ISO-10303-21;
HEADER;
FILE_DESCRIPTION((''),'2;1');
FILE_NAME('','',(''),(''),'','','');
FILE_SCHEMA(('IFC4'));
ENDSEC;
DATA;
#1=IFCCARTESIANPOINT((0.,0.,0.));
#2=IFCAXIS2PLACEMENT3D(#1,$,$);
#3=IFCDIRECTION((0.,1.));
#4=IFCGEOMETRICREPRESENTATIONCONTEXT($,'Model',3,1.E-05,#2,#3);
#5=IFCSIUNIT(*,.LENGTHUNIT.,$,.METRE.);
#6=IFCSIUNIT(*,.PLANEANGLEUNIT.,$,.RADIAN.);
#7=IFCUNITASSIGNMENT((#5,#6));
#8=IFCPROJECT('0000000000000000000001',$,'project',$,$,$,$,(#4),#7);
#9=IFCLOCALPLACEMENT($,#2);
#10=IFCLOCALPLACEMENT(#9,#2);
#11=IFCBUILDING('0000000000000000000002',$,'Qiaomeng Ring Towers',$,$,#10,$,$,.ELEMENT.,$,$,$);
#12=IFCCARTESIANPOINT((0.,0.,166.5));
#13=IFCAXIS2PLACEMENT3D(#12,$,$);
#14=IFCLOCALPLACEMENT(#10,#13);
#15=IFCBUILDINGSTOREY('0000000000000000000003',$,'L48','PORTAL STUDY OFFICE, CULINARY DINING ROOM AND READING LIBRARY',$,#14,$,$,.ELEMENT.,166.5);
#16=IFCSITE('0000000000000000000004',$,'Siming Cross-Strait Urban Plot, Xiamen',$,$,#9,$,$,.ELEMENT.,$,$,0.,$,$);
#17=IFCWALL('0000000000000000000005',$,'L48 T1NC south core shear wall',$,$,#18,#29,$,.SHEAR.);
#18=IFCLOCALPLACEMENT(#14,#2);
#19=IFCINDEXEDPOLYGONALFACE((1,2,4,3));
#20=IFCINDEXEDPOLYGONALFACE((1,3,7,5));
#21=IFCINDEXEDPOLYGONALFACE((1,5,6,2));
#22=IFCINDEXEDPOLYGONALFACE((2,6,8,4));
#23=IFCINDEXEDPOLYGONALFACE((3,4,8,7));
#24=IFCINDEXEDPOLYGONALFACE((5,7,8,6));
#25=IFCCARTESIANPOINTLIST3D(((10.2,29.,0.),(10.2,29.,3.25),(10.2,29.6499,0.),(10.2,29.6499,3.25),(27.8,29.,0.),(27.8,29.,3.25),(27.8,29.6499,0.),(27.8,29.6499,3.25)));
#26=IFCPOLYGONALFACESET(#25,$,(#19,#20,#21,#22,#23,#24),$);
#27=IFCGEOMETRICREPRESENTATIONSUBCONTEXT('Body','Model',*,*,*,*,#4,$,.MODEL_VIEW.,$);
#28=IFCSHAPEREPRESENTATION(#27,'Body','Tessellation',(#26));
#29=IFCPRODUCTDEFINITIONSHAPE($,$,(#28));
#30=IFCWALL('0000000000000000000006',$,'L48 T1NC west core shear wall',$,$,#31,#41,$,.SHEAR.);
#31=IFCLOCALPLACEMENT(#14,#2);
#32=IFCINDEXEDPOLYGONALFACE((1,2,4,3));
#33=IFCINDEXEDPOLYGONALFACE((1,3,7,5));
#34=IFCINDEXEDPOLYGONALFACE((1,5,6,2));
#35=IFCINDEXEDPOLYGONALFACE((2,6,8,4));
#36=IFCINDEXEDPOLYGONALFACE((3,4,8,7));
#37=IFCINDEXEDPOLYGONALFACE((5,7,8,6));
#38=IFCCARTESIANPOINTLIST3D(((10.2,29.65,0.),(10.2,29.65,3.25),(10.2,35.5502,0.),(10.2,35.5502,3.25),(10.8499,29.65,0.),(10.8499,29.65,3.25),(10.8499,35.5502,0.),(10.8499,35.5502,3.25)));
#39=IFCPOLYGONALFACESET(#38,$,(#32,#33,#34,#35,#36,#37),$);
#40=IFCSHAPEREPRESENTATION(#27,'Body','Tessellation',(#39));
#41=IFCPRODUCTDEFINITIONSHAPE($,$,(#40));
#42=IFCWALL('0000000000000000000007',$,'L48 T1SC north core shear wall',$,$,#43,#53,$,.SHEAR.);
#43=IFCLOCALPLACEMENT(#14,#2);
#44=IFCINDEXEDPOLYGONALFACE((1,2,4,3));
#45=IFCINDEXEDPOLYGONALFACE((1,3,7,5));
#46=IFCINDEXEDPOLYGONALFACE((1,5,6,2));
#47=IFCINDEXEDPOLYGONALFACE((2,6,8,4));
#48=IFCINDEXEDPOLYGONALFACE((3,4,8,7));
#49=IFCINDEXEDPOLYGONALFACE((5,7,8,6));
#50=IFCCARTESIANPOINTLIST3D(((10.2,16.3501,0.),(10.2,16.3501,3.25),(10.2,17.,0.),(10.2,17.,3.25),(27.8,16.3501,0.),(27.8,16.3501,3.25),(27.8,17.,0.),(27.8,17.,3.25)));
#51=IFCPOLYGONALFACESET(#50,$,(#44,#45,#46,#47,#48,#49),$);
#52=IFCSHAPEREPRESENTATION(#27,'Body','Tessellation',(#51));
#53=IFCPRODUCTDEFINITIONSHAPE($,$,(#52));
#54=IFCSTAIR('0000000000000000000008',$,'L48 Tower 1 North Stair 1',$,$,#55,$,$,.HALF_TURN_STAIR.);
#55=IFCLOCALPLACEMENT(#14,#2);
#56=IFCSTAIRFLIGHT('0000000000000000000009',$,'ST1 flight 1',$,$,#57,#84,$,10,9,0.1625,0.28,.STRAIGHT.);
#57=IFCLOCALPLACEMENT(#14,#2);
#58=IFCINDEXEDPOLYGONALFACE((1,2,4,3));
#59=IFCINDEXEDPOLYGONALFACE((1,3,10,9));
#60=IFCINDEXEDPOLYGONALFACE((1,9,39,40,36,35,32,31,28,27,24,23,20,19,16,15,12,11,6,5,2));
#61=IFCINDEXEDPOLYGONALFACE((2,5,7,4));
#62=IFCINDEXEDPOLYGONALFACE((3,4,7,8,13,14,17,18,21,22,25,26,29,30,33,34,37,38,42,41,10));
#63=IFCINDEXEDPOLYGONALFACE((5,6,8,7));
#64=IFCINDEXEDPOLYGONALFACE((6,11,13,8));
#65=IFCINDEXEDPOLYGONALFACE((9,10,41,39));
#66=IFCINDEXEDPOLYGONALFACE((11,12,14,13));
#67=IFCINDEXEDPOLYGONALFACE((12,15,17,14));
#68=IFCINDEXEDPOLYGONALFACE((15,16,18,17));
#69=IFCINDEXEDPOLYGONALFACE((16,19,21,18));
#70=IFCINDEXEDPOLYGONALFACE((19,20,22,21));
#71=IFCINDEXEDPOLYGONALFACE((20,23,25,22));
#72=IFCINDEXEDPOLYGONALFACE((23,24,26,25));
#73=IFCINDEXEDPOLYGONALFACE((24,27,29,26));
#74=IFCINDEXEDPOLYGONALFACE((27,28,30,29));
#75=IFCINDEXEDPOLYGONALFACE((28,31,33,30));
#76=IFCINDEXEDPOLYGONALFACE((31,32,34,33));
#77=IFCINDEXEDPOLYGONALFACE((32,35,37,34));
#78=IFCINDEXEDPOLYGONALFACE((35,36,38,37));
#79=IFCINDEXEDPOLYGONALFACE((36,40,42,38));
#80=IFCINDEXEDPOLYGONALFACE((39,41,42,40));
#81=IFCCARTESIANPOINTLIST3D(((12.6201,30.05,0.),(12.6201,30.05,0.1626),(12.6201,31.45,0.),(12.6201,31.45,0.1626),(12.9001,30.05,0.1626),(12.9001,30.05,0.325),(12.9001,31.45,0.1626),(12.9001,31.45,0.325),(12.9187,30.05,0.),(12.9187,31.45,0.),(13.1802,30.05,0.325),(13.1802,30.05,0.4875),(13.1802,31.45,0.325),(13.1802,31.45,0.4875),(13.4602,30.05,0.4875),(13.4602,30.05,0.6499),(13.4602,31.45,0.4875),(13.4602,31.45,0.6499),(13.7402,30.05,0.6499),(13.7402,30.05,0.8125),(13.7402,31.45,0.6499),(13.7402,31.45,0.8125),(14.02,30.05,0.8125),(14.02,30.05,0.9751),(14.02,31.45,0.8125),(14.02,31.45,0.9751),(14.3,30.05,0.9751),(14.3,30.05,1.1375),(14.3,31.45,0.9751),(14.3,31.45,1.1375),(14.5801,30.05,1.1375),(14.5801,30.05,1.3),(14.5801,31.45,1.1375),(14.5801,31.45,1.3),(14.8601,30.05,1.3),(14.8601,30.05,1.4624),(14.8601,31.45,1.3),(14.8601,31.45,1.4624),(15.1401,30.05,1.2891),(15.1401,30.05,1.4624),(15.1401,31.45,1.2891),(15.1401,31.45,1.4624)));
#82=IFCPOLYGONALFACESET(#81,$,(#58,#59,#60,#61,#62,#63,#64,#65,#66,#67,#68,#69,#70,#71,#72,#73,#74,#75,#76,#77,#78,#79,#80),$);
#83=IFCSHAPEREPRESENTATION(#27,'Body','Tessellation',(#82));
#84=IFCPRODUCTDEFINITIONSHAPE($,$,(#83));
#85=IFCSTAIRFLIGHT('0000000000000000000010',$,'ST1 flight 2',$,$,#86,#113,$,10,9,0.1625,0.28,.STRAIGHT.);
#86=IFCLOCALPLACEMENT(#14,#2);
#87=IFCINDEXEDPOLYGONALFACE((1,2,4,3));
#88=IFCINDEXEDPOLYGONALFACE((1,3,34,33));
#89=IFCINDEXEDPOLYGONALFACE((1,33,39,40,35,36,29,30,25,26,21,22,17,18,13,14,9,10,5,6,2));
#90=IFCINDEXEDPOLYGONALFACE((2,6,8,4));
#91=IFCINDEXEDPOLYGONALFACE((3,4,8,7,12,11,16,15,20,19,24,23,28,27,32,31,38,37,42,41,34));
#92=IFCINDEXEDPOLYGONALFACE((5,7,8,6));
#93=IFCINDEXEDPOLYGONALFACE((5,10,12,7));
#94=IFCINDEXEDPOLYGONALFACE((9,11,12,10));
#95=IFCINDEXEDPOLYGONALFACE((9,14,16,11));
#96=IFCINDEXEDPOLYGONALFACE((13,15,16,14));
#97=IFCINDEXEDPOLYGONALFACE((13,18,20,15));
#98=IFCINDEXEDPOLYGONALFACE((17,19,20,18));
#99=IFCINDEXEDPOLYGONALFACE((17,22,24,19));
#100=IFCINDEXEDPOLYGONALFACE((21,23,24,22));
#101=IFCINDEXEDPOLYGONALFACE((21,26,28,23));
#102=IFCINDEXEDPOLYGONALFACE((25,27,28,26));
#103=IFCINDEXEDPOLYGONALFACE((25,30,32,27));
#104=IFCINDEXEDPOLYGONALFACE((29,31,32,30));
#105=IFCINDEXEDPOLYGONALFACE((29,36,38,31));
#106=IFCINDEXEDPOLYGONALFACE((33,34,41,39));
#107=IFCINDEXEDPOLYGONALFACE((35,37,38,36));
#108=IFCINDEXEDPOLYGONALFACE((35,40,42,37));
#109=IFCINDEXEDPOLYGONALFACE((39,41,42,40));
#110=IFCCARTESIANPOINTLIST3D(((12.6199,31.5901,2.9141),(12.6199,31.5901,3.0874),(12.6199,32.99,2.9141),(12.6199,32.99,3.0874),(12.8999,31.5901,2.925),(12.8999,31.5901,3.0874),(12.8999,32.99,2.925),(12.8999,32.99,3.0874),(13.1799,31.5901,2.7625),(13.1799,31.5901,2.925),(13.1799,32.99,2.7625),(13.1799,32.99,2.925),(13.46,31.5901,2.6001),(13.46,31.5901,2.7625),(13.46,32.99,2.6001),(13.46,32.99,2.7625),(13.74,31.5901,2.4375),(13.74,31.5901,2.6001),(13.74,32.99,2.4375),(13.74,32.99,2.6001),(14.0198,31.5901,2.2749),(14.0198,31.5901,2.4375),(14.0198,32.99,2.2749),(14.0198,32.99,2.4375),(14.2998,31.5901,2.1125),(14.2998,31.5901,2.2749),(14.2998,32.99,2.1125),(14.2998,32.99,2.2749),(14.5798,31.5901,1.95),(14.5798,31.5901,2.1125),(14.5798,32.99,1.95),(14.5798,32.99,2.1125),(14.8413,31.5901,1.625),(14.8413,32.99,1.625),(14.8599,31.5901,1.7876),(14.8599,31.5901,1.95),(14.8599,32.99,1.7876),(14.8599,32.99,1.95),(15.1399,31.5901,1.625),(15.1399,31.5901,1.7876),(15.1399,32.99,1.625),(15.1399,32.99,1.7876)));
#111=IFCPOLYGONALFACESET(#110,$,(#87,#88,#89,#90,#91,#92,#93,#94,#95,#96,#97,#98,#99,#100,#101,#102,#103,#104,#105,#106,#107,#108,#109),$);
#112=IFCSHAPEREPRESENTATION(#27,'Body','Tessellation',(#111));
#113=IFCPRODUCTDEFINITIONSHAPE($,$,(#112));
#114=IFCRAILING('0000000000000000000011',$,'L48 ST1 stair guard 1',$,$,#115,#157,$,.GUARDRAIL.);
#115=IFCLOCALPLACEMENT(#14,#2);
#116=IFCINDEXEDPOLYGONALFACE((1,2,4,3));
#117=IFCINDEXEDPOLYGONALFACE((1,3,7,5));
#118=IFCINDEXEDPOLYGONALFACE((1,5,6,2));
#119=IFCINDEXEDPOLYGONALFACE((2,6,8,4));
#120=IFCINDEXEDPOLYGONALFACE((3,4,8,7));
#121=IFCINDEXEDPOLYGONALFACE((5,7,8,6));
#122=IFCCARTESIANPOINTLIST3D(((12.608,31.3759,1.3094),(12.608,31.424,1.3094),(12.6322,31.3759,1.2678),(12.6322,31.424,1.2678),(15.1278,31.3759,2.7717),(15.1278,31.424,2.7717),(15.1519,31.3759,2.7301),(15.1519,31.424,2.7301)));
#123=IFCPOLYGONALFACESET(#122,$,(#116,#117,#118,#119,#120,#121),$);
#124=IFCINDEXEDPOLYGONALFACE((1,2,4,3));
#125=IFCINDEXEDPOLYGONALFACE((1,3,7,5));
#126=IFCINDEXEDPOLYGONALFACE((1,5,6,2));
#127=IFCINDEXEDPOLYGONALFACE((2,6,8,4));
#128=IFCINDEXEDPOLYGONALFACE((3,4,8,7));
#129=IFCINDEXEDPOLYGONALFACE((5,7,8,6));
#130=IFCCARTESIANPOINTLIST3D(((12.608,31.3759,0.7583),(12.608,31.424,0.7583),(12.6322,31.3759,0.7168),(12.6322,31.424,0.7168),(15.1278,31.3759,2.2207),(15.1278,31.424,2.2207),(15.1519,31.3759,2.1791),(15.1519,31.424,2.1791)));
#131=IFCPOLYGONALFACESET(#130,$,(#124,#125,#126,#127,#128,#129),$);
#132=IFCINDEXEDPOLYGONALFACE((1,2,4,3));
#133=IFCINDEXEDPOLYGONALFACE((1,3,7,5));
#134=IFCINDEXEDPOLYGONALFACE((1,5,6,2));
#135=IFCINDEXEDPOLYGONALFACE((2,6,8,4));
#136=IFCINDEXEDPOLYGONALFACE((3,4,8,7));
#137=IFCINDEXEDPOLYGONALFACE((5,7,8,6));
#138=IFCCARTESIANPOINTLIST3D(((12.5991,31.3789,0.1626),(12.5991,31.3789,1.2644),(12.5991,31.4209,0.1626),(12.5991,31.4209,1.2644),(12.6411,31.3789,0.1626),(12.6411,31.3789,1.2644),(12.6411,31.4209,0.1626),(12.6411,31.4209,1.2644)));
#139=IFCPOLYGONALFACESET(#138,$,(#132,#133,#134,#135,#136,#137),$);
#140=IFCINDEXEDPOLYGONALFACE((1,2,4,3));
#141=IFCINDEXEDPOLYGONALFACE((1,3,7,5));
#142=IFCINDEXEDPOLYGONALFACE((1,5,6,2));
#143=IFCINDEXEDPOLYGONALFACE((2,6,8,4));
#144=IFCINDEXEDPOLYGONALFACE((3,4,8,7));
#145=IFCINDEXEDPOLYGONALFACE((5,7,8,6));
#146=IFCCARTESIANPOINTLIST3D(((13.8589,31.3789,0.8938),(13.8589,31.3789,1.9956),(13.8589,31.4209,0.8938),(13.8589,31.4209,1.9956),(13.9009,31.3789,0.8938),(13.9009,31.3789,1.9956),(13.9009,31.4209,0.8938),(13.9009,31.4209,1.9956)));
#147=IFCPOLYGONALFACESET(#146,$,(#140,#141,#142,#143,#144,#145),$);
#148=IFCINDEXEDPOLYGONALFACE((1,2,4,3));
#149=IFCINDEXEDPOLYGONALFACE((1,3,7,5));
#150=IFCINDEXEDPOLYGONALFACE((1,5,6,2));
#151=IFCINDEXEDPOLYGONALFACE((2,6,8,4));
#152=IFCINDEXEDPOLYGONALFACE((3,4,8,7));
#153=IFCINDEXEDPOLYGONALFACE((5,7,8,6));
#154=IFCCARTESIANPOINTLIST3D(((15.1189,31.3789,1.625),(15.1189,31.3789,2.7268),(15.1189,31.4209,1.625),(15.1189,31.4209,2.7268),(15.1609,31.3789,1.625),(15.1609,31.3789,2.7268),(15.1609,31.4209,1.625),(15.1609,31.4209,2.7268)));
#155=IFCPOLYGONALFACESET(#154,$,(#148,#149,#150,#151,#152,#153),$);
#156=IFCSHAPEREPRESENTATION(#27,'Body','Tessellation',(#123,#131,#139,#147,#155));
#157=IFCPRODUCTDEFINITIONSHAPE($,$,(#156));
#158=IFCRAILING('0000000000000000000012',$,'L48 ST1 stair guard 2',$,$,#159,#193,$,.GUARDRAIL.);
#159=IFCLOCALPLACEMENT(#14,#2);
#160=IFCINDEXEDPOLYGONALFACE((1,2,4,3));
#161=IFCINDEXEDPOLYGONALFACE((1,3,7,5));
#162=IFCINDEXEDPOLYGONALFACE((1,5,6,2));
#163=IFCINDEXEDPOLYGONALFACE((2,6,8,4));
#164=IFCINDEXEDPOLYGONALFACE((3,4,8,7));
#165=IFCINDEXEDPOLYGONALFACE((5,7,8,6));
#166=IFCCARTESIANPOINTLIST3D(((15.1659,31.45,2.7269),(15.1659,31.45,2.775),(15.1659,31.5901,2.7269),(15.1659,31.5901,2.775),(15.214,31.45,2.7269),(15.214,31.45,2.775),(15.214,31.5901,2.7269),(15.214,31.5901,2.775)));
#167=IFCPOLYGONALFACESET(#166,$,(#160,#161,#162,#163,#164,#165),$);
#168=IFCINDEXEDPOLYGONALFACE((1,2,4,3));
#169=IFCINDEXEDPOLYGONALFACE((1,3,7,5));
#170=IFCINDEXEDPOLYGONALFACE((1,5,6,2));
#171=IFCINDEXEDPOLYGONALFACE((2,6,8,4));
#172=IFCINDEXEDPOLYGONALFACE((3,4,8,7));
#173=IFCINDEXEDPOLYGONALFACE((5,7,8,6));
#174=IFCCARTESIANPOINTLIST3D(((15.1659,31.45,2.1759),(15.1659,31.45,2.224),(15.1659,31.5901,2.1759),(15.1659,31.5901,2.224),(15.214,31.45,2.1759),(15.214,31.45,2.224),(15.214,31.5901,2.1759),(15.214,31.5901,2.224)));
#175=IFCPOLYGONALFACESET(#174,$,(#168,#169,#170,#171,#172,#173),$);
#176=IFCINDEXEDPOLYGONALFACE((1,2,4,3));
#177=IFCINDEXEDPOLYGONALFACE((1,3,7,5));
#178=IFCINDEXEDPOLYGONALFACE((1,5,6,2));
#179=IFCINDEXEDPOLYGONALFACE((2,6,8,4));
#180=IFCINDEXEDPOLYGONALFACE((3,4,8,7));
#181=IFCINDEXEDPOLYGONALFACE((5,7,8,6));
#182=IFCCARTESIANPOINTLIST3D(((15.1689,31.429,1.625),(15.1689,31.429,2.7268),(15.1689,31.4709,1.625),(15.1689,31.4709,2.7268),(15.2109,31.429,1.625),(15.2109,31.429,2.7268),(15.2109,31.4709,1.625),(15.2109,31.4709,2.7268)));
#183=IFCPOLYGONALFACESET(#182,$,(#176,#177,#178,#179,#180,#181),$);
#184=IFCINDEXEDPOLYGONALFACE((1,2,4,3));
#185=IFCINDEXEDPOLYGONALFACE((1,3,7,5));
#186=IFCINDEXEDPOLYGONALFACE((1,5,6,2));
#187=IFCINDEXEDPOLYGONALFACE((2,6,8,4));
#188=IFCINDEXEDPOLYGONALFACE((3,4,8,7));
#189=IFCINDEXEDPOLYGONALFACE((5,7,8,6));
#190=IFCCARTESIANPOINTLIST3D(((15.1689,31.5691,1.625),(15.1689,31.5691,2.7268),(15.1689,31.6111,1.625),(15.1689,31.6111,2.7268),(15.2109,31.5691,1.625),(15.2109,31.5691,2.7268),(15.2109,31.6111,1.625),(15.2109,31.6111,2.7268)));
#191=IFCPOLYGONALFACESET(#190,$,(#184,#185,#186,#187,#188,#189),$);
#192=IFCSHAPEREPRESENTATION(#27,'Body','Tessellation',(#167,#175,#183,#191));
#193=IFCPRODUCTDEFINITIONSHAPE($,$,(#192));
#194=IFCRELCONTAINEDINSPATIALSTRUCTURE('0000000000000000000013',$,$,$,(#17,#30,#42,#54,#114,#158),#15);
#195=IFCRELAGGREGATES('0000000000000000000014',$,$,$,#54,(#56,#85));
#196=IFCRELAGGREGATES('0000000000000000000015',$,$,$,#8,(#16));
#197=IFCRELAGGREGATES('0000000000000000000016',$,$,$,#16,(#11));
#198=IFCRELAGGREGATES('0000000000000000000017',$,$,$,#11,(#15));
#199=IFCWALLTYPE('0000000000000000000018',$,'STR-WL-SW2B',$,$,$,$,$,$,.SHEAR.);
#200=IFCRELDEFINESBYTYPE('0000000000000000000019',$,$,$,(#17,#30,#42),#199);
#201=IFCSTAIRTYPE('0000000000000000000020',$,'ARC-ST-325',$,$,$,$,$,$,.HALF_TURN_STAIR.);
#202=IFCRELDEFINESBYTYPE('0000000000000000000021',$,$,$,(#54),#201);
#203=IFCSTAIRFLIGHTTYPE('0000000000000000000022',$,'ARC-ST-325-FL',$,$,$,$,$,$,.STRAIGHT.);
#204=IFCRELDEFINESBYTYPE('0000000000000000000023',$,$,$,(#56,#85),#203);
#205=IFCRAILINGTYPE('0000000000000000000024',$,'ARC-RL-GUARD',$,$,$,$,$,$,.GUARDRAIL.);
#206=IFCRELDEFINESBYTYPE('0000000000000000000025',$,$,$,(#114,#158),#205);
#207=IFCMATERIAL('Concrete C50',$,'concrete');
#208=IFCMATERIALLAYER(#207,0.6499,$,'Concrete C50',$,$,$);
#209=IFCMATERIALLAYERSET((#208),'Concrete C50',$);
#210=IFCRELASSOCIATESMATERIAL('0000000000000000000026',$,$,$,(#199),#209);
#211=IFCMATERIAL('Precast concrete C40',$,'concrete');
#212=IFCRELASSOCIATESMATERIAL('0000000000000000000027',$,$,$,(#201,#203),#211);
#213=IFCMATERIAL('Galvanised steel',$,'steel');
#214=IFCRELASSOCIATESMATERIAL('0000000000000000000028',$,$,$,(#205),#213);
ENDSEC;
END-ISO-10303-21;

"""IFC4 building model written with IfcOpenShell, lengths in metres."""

from ifc_helpers import new_model, si_unit, direction, frame, frame_2d, origin, origin_2d, place, context, subcontext, project, spatial, polyline, rectangle, outline, extrude, source, transform, mapped, material, layer, layer_set, type_object, element, aggregate, save


model = new_model("IFC4")

# Units and contexts
model_context = context("Model", 3, precision=1e-05, world=origin(), true_north=direction((0.0, 1.0)))
body_context = subcontext(model_context, "Body", "Model", "MODEL_VIEW")
ifc_project = project(units=[si_unit("LENGTHUNIT", "METRE"), si_unit("PLANEANGLEUNIT", "RADIAN")], contexts=[model_context])

# Site, building, storey
site_placement = place(None, origin())
site = spatial("IfcSite", under=ifc_project, at=site_placement, Name="Siming Cross-Strait Urban Plot, Xiamen", CompositionType="ELEMENT", RefElevation=0.0)
building_placement = place(site_placement, origin())
building = spatial("IfcBuilding", under=site, at=building_placement, Name="Qiaomeng Ring Towers", CompositionType="ELEMENT")
storey_placement = place(building_placement, frame((0.0, 0.0, 166.5)))
storey = spatial("IfcBuildingStorey", under=building, at=storey_placement, Name="L48", Description="PORTAL STUDY OFFICE, CULINARY DINING ROOM AND READING LIBRARY", CompositionType="ELEMENT", Elevation=166.5)

# Shared definitions
ifc_material_1 = material(Name="Precast concrete C40", Category="concrete")

# Shared definitions
ifc_material_2 = material(Name="Galvanised steel", Category="steel")

# Walls
ifc_material_3 = material(Name="Concrete C50", Category="concrete")
ifc_layer_1 = layer(ifc_material_3, 0.6499, Name="Concrete C50")
ifc_layer_set_1 = layer_set([ifc_layer_1], Name="Concrete C50")
wall_type_1 = type_object("IfcWallType", Name="STR-WL-SW2B", PredefinedType="SHEAR", material=ifc_layer_set_1)
wall_1_placement = place(storey_placement, frame((10.2, 29.325, 0.0), z_axis=(0.0, 0.0, 1.0), x_axis=(1.0, 0.0, 0.0)))
element("IfcWall", 1, at=wall_1_placement, inside=storey, type_object=wall_type_1, Name="L48 T1NC south core shear wall", PredefinedType="SHEAR", context=body_context, shape_type="SweptSolid", body=[
    extrude(rectangle(XDim=17.6001, YDim=0.6499, at=frame_2d((8.8, 0.0))), origin(), (0.0, 0.0, 1.0), 3.25),
])
wall_2_placement = place(storey_placement, frame((10.5249, 29.6499, 0.0), z_axis=(0.0, 0.0, 1.0), x_axis=(0.0, 1.0, 0.0)))
element("IfcWall", 2, at=wall_2_placement, inside=storey, type_object=wall_type_1, Name="L48 T1NC west core shear wall", PredefinedType="SHEAR", context=body_context, shape_type="SweptSolid", body=[
    extrude(rectangle(XDim=5.9001, YDim=0.6499, at=frame_2d((2.9502, 0.0))), origin(), (0.0, 0.0, 1.0), 3.25),
])
wall_3_placement = place(storey_placement, frame((10.2, 16.675, 0.0), z_axis=(0.0, 0.0, 1.0), x_axis=(1.0, 0.0, 0.0)))
element("IfcWall", 3, at=wall_3_placement, inside=storey, type_object=wall_type_1, Name="L48 T1SC north core shear wall", PredefinedType="SHEAR", context=body_context, shape_type="SweptSolid", body=[
    extrude(rectangle(XDim=17.6001, YDim=0.6499, at=frame_2d((8.8, 0.0))), origin(), (0.0, 0.0, 1.0), 3.25),
])

# Stair, stair flights
stair_type = type_object("IfcStairType", Name="ARC-ST-325", PredefinedType="HALF_TURN_STAIR", material=ifc_material_1)
stair_placement = place(storey_placement, origin())
stair = element("IfcStair", 4, at=stair_placement, inside=storey, type_object=stair_type, Name="L48 Tower 1 North Stair 1", PredefinedType="HALF_TURN_STAIR")
stair_flight_type = type_object("IfcStairFlightType", Name="ARC-ST-325-FL", PredefinedType="STRAIGHT", material=ifc_material_1)
shared_shape_1 = source(origin(), body_context, "Body", "SweptSolid", [
    extrude(outline(polyline([(0.0, 0.0), (0.0, 0.1626), (0.28, 0.1626), (0.28, 0.325), (0.5601, 0.325), (0.5601, 0.4875), (0.8401, 0.4875), (0.8401, 0.6499), (1.1201, 0.6499), (1.1201, 0.8125), (1.3999, 0.8125), (1.3999, 0.9751), (1.6799, 0.9751), (1.6799, 1.1375), (1.96, 1.1375), (1.96, 1.3), (2.24, 1.3), (2.24, 1.4624), (2.52, 1.4624), (2.52, 1.625), (2.52, 1.2891), (0.2986, 0.0), (0.0, 0.0)])), frame((0.0, 0.7, 0.0), z_axis=(0.0, -1.0, 0.0), x_axis=(1.0, 0.0, 0.0)), (0.0, 0.0, 1.0), 1.3999),
])
stair_flight_1_placement = place(storey_placement, frame((12.6201, 30.75, 0.0), z_axis=(0.0, 0.0, 1.0), x_axis=(1.0, 0.0, 0.0)))
stair_flight_1 = element("IfcStairFlight", 5, at=stair_flight_1_placement, type_object=stair_flight_type, Name="ST1 flight 1", NumberOfRisers=10, NumberOfTreads=9, PredefinedType="STRAIGHT", RiserHeight=0.1625, TreadLength=0.28, context=body_context, shape_type="MappedRepresentation", body=[
    mapped(shared_shape_1, transform((0.0, 0.0, 0.0), x_axis=(1.0, 0.0, 0.0), y_axis=(0.0, 1.0, 0.0), z_axis=(0.0, 0.0, 1.0), scale=1.0)),
])
stair_flight_2_placement = place(storey_placement, frame((15.1399, 32.29, 1.625), z_axis=(0.0, 0.0, 1.0), x_axis=(-1.0, 0.0, 0.0)))
stair_flight_2 = element("IfcStairFlight", 6, at=stair_flight_2_placement, type_object=stair_flight_type, Name="ST1 flight 2", NumberOfRisers=10, NumberOfTreads=9, PredefinedType="STRAIGHT", RiserHeight=0.1625, TreadLength=0.28, context=body_context, shape_type="MappedRepresentation", body=[
    mapped(shared_shape_1, transform((0.0, 0.0, 0.0), x_axis=(1.0, 0.0, 0.0), y_axis=(0.0, 1.0, 0.0), z_axis=(0.0, 0.0, 1.0), scale=1.0)),
])
aggregate(stair, [stair_flight_1, stair_flight_2])

# Railings
railing_type_1 = type_object("IfcRailingType", Name="ARC-RL-GUARD", PredefinedType="GUARDRAIL", material=ifc_material_2)
railing_1_placement = place(storey_placement, frame((12.6201, 31.3999, 0.1626)))
element("IfcRailing", 7, at=railing_1_placement, inside=storey, type_object=railing_type_1, Name="L48 ST1 stair guard 1", PredefinedType="GUARDRAIL", context=body_context, shape_type="SweptSolid", body=[
    extrude(rectangle(XDim=0.0481, YDim=0.0481, at=origin_2d()), frame((0.0, 0.0, 1.126), z_axis=(0.864892, 0.0, 0.501958), x_axis=(0.0, 1.0, 0.0)), (0.0, 0.0, 1.0), 2.9133),
    extrude(rectangle(XDim=0.0481, YDim=0.0481, at=origin_2d()), frame((0.0, 0.0, 0.575), z_axis=(0.864892, 0.0, 0.501958), x_axis=(0.0, 1.0, 0.0)), (0.0, 0.0, 1.0), 2.9133),
    extrude(rectangle(XDim=0.042, YDim=0.042, at=origin_2d()), origin(), (0.0, 0.0, 1.0), 1.1018),
    extrude(rectangle(XDim=0.042, YDim=0.042, at=origin_2d()), frame((1.2598, 0.0, 0.7312)), (0.0, 0.0, 1.0), 1.1018),
    extrude(rectangle(XDim=0.042, YDim=0.042, at=origin_2d()), frame((2.5198, 0.0, 1.4624)), (0.0, 0.0, 1.0), 1.1018),
])
railing_2_placement = place(storey_placement, frame((15.1899, 31.45, 1.625)))
element("IfcRailing", 8, at=railing_2_placement, inside=storey, type_object=railing_type_1, Name="L48 ST1 stair guard 2", PredefinedType="GUARDRAIL", context=body_context, shape_type="SweptSolid", body=[
    extrude(rectangle(XDim=0.0481, YDim=0.0481, at=origin_2d()), frame((0.0, 0.0, 1.126), z_axis=(0.0, 1.0, 0.0), x_axis=(-1.0, 0.0, 0.0)), (0.0, 0.0, 1.0), 0.1401),
    extrude(rectangle(XDim=0.0481, YDim=0.0481, at=origin_2d()), frame((0.0, 0.0, 0.575), z_axis=(0.0, 1.0, 0.0), x_axis=(-1.0, 0.0, 0.0)), (0.0, 0.0, 1.0), 0.1401),
    extrude(rectangle(XDim=0.042, YDim=0.042, at=origin_2d()), origin(), (0.0, 0.0, 1.0), 1.1018),
    extrude(rectangle(XDim=0.042, YDim=0.042, at=origin_2d()), frame((0.0, 0.1401, 0.0)), (0.0, 0.0, 1.0), 1.1018),
])

save(model, "model.ifc")
